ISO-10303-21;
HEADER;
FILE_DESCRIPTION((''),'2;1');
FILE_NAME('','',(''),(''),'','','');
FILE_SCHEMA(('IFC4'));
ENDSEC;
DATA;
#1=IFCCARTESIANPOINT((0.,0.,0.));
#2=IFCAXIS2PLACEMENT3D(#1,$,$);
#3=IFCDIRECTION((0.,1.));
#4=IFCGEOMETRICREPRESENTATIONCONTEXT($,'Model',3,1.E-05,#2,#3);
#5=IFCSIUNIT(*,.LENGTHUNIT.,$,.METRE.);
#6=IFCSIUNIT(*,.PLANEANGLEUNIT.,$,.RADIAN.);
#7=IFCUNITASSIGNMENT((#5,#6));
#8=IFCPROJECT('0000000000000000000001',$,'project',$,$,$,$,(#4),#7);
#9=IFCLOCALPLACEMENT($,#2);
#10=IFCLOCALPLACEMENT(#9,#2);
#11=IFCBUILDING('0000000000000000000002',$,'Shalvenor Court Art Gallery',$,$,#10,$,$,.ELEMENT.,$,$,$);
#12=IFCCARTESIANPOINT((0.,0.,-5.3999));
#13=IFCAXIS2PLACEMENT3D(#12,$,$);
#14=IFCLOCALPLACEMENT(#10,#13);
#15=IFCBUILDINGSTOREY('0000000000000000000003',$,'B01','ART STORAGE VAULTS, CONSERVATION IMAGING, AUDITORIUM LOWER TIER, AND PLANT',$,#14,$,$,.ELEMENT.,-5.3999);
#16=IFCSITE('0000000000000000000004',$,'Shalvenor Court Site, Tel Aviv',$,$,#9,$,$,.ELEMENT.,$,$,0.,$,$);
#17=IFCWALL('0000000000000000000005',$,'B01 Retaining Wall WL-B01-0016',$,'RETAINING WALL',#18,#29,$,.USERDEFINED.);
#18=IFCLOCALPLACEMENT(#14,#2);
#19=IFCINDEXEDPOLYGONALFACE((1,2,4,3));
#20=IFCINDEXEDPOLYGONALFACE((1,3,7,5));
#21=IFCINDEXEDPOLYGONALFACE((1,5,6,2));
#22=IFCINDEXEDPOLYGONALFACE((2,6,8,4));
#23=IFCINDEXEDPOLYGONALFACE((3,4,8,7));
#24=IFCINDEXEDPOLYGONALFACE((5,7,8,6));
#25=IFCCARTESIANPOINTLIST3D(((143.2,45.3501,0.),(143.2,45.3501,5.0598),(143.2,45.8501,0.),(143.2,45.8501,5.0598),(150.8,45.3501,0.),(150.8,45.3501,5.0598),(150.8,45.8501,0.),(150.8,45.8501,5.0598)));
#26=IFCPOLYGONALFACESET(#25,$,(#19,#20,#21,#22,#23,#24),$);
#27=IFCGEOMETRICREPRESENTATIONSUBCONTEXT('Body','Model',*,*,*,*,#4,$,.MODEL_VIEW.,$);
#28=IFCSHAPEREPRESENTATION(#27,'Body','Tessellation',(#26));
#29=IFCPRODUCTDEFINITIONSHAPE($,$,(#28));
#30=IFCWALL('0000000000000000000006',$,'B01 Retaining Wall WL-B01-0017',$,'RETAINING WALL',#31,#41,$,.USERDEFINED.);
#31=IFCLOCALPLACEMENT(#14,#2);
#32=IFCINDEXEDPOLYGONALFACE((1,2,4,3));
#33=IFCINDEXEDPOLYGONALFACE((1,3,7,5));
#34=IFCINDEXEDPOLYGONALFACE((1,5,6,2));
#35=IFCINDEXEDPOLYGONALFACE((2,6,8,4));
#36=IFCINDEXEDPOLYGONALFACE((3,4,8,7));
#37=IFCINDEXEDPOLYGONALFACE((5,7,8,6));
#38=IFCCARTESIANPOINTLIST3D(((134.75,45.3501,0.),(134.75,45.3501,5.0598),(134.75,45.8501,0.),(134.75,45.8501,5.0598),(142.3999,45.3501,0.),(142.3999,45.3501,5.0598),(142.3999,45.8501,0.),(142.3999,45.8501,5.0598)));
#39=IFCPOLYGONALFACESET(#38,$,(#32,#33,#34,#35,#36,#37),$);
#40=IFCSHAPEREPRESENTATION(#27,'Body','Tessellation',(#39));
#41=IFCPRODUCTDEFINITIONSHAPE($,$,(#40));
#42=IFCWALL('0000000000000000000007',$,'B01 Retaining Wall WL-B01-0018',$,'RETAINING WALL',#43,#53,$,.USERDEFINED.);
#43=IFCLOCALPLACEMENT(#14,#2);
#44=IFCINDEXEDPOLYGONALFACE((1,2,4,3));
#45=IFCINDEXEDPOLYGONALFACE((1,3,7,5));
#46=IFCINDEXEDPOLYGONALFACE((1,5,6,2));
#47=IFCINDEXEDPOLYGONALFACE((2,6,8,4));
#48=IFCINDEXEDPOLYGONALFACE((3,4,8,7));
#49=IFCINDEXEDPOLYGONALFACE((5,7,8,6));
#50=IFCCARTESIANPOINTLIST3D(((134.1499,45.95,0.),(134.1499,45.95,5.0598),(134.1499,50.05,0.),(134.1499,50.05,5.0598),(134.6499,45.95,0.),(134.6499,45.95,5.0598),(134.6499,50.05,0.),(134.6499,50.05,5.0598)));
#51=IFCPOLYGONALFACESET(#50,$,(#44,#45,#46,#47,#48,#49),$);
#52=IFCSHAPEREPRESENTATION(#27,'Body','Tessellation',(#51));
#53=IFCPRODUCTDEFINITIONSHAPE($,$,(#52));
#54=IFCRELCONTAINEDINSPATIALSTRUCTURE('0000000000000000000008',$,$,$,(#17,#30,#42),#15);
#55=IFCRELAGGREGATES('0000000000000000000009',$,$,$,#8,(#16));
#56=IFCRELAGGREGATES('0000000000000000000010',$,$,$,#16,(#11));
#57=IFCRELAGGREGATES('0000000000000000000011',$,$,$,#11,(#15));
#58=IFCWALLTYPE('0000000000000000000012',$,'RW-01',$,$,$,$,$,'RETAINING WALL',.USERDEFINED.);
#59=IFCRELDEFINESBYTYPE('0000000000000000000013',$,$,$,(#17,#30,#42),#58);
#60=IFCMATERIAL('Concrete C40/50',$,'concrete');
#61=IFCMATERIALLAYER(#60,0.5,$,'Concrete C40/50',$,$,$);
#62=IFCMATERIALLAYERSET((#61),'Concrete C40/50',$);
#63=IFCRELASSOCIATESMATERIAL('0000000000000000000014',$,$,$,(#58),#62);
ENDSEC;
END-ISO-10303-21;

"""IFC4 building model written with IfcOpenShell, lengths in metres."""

from ifc_helpers import new_model, si_unit, direction, frame, frame_2d, origin, place, context, subcontext, project, spatial, rectangle, extrude, material, layer, layer_set, type_object, element, save


model = new_model("IFC4")

# Units and contexts
model_context = context("Model", 3, precision=1e-05, world=origin(), true_north=direction((0.0, 1.0)))
body_context = subcontext(model_context, "Body", "Model", "MODEL_VIEW")
ifc_project = project(units=[si_unit("LENGTHUNIT", "METRE"), si_unit("PLANEANGLEUNIT", "RADIAN")], contexts=[model_context])

# Site, building, storey
site_placement = place(None, origin())
site = spatial("IfcSite", under=ifc_project, at=site_placement, Name="Shalvenor Court Site, Tel Aviv", CompositionType="ELEMENT", RefElevation=0.0)
building_placement = place(site_placement, origin())
building = spatial("IfcBuilding", under=site, at=building_placement, Name="Shalvenor Court Art Gallery", CompositionType="ELEMENT")
storey_placement = place(building_placement, frame((0.0, 0.0, -5.3999)))
storey = spatial("IfcBuildingStorey", under=building, at=storey_placement, Name="B01", Description="ART STORAGE VAULTS, CONSERVATION IMAGING, AUDITORIUM LOWER TIER, AND PLANT", CompositionType="ELEMENT", Elevation=-5.3999)

# Walls
ifc_material_1 = material(Name="Concrete C40/50", Category="concrete")
ifc_layer = layer(ifc_material_1, 0.5, Name="Concrete C40/50")
ifc_layer_set = layer_set([ifc_layer], Name="Concrete C40/50")
wall_type = type_object("IfcWallType", Name="RW-01", ElementType="RETAINING WALL", PredefinedType="USERDEFINED", material=ifc_layer_set)
wall_1_placement = place(storey_placement, frame((150.8, 45.6001, 0.0), z_axis=(0.0, 0.0, 1.0), x_axis=(-1.0, 0.0, 0.0)))
element("IfcWall", 1, at=wall_1_placement, inside=storey, type_object=wall_type, Name="B01 Retaining Wall WL-B01-0016", ObjectType="RETAINING WALL", PredefinedType="USERDEFINED", context=body_context, shape_type="SweptSolid", body=[
    extrude(rectangle(XDim=7.6001, YDim=0.5, at=frame_2d((3.8, 0.0))), origin(), (0.0, 0.0, 1.0), 5.0598),
])
wall_2_placement = place(storey_placement, frame((142.3999, 45.6001, 0.0), z_axis=(0.0, 0.0, 1.0), x_axis=(-1.0, 0.0, 0.0)))
element("IfcWall", 2, at=wall_2_placement, inside=storey, type_object=wall_type, Name="B01 Retaining Wall WL-B01-0017", ObjectType="RETAINING WALL", PredefinedType="USERDEFINED", context=body_context, shape_type="SweptSolid", body=[
    extrude(rectangle(XDim=7.6499, YDim=0.5, at=frame_2d((3.825, 0.0))), origin(), (0.0, 0.0, 1.0), 5.0598),
])
wall_3_placement = place(storey_placement, frame((134.3999, 45.95, 0.0), z_axis=(0.0, 0.0, 1.0), x_axis=(0.0, 1.0, 0.0)))
element("IfcWall", 3, at=wall_3_placement, inside=storey, type_object=wall_type, Name="B01 Retaining Wall WL-B01-0018", ObjectType="RETAINING WALL", PredefinedType="USERDEFINED", context=body_context, shape_type="SweptSolid", body=[
    extrude(rectangle(XDim=4.1001, YDim=0.5, at=frame_2d((2.05, 0.0))), origin(), (0.0, 0.0, 1.0), 5.0598),
])

save(model, "model.ifc")
